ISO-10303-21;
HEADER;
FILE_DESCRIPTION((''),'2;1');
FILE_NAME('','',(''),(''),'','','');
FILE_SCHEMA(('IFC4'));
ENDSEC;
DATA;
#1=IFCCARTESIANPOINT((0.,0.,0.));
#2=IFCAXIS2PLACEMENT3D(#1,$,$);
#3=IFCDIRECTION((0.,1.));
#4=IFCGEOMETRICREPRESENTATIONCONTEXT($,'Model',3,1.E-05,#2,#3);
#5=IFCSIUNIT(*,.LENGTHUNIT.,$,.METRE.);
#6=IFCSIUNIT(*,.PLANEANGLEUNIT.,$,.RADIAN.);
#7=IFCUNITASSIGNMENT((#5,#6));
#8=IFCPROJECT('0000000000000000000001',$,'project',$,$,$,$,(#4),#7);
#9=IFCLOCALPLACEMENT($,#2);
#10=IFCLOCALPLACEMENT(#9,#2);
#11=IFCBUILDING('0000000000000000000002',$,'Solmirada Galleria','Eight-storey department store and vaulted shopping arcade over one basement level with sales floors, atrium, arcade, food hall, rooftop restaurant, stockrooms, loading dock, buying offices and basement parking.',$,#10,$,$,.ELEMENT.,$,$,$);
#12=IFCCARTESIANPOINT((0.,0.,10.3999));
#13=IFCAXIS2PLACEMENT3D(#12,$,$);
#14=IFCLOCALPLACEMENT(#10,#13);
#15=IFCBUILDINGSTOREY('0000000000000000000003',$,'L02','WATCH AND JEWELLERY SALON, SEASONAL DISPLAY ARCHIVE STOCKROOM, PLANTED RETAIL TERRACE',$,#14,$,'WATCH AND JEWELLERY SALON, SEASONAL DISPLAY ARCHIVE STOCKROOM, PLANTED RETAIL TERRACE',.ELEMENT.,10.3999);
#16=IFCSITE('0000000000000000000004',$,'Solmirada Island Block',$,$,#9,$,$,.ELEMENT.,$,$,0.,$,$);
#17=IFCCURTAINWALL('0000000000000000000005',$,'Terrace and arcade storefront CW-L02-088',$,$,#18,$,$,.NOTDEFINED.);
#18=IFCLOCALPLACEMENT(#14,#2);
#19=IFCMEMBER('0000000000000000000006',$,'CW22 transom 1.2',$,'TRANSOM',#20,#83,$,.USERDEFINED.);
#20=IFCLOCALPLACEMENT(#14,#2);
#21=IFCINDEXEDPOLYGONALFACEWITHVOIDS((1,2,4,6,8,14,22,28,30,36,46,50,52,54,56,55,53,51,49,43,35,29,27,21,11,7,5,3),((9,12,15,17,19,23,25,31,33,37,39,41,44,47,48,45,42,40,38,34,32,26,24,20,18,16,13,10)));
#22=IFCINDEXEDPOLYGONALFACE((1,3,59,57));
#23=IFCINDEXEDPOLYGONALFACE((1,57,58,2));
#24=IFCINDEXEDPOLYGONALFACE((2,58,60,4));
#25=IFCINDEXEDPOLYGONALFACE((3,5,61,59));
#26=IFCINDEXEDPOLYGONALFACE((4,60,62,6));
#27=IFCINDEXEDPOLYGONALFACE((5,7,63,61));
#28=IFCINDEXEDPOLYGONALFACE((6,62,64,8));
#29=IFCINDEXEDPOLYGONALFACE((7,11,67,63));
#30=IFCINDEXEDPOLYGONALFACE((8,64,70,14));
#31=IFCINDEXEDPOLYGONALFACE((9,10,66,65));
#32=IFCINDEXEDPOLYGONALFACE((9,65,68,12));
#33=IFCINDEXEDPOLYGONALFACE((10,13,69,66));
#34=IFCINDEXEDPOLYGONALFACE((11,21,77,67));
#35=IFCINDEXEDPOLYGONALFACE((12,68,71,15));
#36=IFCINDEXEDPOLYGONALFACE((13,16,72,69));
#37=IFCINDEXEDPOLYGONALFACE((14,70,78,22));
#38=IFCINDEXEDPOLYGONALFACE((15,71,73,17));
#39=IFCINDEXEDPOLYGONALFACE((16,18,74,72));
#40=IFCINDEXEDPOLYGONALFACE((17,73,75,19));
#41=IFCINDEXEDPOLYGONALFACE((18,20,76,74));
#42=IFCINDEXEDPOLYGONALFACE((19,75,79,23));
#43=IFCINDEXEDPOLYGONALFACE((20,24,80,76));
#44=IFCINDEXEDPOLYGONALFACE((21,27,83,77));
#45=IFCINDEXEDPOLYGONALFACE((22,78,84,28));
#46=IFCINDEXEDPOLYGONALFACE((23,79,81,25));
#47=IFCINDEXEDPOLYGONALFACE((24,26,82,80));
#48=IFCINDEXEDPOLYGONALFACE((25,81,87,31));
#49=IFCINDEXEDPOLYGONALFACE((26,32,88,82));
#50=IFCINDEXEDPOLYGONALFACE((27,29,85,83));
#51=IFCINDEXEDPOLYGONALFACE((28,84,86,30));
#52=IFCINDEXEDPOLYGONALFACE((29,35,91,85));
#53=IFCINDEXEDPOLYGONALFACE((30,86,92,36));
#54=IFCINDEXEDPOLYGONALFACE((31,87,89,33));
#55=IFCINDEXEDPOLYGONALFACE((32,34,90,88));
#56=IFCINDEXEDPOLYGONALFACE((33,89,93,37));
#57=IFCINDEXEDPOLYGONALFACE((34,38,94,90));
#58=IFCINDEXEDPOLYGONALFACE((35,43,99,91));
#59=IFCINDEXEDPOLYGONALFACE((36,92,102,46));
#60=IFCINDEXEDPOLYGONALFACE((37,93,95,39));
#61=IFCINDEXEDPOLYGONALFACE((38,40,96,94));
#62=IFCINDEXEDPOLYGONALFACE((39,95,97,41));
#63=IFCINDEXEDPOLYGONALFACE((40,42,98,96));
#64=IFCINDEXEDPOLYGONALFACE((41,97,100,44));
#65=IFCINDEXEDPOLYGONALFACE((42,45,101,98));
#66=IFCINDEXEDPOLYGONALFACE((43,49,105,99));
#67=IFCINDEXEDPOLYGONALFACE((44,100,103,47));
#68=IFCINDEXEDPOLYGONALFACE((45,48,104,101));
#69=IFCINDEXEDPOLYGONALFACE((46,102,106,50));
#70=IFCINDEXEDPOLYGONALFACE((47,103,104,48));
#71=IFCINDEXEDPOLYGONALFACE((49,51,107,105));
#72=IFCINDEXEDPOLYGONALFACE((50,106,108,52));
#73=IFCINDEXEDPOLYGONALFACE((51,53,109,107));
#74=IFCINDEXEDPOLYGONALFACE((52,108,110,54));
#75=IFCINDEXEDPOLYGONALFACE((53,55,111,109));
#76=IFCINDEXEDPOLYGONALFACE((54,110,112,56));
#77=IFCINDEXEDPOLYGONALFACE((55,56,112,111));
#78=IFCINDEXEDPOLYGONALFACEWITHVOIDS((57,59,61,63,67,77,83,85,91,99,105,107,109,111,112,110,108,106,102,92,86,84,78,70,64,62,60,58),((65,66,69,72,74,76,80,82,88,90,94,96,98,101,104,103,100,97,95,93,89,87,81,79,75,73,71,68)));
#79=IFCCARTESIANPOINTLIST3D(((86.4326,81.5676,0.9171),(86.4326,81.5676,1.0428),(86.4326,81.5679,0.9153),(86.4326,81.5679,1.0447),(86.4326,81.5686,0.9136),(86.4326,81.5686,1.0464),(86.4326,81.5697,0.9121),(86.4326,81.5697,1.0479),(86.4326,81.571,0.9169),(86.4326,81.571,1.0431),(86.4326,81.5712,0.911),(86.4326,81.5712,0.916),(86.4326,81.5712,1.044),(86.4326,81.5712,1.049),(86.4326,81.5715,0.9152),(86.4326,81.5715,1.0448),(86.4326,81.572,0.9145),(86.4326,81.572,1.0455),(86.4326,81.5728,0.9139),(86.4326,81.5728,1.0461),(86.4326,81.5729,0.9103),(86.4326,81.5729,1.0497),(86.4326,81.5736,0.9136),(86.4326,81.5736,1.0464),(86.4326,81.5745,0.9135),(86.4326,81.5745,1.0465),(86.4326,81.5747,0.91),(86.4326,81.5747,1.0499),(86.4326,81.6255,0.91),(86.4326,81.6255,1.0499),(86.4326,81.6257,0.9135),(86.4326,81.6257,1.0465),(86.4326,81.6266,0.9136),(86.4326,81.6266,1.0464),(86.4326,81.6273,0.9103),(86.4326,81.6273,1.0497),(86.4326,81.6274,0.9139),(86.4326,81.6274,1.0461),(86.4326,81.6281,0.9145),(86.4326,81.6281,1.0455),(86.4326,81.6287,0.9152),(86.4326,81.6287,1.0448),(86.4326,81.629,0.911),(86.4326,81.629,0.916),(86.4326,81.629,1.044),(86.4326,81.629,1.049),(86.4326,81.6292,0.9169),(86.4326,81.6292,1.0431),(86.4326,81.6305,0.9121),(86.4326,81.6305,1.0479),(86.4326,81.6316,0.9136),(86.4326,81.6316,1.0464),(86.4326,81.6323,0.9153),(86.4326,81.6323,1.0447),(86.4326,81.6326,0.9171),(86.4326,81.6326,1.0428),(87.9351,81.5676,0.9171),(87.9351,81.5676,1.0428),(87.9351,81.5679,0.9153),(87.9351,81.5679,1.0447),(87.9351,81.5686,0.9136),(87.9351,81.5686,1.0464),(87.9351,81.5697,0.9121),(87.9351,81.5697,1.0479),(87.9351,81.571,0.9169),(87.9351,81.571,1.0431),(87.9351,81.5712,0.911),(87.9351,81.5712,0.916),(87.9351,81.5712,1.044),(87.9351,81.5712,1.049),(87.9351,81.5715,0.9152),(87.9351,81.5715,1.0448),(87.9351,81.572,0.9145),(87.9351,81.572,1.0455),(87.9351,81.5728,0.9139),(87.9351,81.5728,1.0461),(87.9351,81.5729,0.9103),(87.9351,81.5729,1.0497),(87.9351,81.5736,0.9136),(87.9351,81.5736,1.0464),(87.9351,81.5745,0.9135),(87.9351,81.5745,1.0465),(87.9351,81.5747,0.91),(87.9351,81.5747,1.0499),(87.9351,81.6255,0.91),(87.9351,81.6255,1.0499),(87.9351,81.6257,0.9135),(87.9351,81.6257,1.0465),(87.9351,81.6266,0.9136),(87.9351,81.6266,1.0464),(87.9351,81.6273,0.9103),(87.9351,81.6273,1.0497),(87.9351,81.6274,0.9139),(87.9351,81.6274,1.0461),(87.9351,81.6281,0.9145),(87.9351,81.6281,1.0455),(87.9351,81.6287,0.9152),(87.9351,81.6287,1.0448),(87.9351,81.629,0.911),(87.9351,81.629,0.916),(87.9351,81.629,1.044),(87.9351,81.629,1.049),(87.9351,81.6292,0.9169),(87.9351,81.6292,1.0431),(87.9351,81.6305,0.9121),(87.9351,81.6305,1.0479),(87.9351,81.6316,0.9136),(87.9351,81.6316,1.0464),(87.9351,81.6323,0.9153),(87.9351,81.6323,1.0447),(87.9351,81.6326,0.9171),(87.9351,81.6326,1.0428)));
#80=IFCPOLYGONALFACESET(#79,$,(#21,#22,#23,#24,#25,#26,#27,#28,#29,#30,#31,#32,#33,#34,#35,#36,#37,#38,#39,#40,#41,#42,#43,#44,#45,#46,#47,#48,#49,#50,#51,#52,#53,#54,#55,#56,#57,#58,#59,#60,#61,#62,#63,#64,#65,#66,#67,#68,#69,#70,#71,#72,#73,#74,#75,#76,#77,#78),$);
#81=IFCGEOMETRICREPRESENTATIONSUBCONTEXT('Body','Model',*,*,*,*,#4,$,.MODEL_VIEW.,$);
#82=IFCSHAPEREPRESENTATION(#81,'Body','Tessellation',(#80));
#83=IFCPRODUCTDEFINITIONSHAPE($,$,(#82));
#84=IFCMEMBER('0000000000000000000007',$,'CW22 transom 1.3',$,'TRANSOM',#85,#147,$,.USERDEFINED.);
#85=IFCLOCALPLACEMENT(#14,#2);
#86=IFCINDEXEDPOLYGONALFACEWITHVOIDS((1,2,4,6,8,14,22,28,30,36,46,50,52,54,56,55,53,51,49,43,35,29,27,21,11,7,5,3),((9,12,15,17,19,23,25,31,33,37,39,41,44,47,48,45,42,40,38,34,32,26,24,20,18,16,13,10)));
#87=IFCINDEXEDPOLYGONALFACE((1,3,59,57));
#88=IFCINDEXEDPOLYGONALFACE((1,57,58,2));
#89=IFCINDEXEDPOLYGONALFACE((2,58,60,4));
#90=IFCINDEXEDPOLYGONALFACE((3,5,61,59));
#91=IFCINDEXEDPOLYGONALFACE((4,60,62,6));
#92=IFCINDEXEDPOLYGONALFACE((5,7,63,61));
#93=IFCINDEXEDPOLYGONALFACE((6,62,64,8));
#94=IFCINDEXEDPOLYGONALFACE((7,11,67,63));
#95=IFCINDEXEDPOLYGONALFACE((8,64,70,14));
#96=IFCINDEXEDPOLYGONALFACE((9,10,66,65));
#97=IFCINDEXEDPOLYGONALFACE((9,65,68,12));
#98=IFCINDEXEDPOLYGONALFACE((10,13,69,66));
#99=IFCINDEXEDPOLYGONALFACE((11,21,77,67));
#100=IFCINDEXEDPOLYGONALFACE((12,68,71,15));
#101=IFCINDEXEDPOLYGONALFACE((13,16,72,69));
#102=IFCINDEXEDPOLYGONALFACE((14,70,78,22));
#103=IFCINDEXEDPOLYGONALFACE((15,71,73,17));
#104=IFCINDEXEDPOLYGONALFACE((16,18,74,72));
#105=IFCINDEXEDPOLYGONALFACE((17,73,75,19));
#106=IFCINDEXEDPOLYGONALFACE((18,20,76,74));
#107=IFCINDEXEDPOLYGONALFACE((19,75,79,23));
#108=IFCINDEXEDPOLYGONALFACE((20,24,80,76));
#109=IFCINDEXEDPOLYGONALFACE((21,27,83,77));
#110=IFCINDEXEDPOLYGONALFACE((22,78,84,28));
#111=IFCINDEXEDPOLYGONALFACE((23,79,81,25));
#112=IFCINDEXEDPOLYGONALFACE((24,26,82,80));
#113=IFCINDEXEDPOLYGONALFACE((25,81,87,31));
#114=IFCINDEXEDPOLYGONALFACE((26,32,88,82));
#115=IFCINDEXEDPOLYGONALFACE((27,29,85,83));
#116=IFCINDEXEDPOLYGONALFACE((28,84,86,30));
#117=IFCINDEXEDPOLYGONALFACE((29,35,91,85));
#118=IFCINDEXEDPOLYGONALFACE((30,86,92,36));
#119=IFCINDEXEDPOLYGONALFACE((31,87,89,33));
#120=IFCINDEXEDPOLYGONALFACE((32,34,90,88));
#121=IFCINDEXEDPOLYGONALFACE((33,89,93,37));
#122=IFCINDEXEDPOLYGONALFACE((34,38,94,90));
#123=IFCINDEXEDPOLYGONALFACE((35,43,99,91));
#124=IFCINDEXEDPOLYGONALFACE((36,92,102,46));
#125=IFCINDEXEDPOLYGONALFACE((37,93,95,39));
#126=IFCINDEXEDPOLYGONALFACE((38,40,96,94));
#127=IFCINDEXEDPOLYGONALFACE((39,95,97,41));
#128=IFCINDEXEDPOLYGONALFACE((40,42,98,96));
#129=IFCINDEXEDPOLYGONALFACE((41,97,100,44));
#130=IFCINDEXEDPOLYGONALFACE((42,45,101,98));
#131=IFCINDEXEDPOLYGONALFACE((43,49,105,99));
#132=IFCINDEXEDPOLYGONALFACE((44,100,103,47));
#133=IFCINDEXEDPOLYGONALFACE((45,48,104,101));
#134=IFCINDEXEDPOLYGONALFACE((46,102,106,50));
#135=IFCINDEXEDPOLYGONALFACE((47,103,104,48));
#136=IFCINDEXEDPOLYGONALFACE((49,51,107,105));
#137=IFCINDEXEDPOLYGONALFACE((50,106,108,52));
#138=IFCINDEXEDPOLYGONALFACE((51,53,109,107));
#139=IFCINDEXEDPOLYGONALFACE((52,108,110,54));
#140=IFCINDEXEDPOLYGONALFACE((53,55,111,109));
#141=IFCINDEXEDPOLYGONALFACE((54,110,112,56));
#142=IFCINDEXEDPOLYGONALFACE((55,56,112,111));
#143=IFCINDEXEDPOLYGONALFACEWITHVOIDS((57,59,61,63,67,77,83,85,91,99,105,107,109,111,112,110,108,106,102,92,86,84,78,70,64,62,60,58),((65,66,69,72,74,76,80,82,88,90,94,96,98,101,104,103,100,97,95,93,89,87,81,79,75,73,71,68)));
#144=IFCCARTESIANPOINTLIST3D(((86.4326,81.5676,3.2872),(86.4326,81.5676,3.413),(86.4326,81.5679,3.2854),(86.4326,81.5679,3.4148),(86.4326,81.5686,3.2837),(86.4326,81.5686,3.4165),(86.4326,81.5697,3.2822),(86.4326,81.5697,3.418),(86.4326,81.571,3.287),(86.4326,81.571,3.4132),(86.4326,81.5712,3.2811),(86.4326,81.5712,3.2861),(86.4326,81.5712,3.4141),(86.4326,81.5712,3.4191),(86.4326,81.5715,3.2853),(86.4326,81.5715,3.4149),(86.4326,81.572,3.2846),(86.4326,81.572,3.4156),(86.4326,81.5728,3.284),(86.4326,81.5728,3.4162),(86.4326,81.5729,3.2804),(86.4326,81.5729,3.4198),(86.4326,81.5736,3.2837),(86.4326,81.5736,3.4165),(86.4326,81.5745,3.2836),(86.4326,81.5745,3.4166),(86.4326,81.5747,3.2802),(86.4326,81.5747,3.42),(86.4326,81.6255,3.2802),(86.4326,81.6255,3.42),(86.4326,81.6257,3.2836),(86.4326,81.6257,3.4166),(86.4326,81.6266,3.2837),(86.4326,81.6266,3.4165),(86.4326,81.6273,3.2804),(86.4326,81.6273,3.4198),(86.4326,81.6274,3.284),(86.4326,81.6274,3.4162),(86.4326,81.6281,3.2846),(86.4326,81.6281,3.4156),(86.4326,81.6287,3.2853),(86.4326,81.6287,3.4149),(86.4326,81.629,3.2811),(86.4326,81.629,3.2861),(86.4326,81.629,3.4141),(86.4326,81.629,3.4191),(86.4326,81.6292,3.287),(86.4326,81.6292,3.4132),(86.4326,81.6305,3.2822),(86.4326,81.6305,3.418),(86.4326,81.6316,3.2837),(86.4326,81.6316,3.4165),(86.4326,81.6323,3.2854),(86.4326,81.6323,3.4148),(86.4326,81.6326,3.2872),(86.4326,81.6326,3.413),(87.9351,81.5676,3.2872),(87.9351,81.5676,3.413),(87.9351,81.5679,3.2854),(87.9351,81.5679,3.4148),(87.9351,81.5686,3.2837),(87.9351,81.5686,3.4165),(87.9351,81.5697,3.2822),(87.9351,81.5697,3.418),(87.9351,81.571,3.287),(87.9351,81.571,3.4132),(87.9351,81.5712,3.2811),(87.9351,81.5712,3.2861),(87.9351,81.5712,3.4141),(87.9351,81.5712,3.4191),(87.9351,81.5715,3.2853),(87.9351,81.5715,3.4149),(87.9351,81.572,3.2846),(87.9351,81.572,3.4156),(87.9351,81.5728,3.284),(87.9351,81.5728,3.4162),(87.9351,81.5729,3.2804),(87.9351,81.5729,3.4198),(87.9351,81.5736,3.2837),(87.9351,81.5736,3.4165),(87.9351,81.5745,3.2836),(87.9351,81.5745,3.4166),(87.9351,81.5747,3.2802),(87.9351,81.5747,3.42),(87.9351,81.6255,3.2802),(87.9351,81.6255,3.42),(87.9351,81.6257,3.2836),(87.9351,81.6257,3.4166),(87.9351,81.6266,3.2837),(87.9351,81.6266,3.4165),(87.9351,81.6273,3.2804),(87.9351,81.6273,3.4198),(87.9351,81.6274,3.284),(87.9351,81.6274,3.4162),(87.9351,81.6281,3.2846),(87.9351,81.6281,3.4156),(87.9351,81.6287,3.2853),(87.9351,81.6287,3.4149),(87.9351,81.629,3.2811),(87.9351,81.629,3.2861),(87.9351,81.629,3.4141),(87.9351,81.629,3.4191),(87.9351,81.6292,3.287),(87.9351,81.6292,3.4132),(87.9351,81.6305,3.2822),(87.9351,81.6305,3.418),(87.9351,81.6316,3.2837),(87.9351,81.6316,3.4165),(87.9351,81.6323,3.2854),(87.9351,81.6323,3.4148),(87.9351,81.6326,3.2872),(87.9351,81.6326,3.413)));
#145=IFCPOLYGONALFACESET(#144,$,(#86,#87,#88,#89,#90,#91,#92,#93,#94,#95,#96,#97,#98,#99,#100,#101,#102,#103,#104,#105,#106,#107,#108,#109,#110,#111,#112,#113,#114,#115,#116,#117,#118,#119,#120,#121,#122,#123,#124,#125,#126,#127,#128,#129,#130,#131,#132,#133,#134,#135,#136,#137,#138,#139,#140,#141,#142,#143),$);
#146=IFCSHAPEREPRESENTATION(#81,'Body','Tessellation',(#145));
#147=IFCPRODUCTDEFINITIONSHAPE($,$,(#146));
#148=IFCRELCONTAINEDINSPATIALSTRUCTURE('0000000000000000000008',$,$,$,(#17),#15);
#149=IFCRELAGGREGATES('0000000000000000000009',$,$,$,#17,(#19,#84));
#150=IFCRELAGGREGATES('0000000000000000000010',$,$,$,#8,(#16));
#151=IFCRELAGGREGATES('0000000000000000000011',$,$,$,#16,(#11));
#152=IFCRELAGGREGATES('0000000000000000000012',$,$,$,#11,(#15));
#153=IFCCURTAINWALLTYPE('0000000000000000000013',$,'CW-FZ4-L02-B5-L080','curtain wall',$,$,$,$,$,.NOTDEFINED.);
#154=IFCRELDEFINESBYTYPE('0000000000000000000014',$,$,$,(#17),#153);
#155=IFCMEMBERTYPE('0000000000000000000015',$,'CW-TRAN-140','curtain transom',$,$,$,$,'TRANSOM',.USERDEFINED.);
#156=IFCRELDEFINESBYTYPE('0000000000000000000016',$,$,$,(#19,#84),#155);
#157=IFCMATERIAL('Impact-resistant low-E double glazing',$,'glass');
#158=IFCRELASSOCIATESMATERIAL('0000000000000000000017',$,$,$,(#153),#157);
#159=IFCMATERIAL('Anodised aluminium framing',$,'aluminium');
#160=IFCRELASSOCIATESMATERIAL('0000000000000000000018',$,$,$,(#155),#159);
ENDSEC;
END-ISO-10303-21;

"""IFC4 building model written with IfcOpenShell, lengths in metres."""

from ifc_helpers import new_model, si_unit, direction, frame, origin, origin_2d, place, context, subcontext, project, spatial, hollow_rectangle, extrude, material, material_profile, profile_set, type_object, element, aggregate, save


model = new_model("IFC4")

# Units and contexts
model_context = context("Model", 3, precision=1e-05, world=origin(), true_north=direction((0.0, 1.0)))
body_context = subcontext(model_context, "Body", "Model", "MODEL_VIEW")
ifc_project = project(units=[si_unit("LENGTHUNIT", "METRE"), si_unit("PLANEANGLEUNIT", "RADIAN")], contexts=[model_context])

# Site, building, storey
site_placement = place(None, origin())
site = spatial("IfcSite", under=ifc_project, at=site_placement, Name="Solmirada Island Block", CompositionType="ELEMENT", RefElevation=0.0)
building_placement = place(site_placement, origin())
building = spatial("IfcBuilding", under=site, at=building_placement, Name="Solmirada Galleria", Description="Eight-storey department store and vaulted shopping arcade over one basement level with sales floors, atrium, arcade, food hall, rooftop restaurant, stockrooms, loading dock, buying offices and basement parking.", CompositionType="ELEMENT")
storey_placement = place(building_placement, frame((0.0, 0.0, 10.3999)))
storey = spatial("IfcBuildingStorey", under=building, at=storey_placement, Name="L02", Description="WATCH AND JEWELLERY SALON, SEASONAL DISPLAY ARCHIVE STOCKROOM, PLANTED RETAIL TERRACE", LongName="WATCH AND JEWELLERY SALON, SEASONAL DISPLAY ARCHIVE STOCKROOM, PLANTED RETAIL TERRACE", CompositionType="ELEMENT", Elevation=10.3999)

# Curtain wall, members
ifc_material_1 = material(Name="Impact-resistant low-E double glazing", Category="glass")
curtain_wall_type = type_object("IfcCurtainWallType", Name="CW-FZ4-L02-B5-L080", Description="curtain wall", PredefinedType="NOTDEFINED", material=ifc_material_1)
curtain_wall_placement = place(storey_placement, origin())
curtain_wall = element("IfcCurtainWall", 1, at=curtain_wall_placement, inside=storey, type_object=curtain_wall_type, Name="Terrace and arcade storefront CW-L02-088", PredefinedType="NOTDEFINED")
ifc_material_2 = material(Name="Anodised aluminium framing", Category="aluminium")
ifc_material_profile_1 = material_profile(ifc_material_2, hollow_rectangle(XDim=0.0649, YDim=0.1399, WallThickness=0.0034, InnerFilletRadius=0.0034, OuterFilletRadius=0.0071, at=origin_2d()), Name="ALU-TRAN-140X65")
ifc_profile_set_1 = profile_set([ifc_material_profile_1], Name="Anodised aluminium framing")
member_type_1 = type_object("IfcMemberType", Name="CW-TRAN-140", Description="curtain transom", ElementType="TRANSOM", PredefinedType="USERDEFINED", material=ifc_profile_set_1)
member_1_placement = place(storey_placement, frame((87.9351, 81.6001, 0.98), z_axis=(-1.0, 0.0, 0.0), x_axis=(0.0, -1.0, 0.0)))
member_1 = element("IfcMember", 2, at=member_1_placement, type_object=member_type_1, Name="CW22 transom 1.2", ObjectType="TRANSOM", PredefinedType="USERDEFINED", context=body_context, shape_type="SweptSolid", body=[
    extrude(hollow_rectangle(XDim=0.0649, YDim=0.1399, WallThickness=0.0034, InnerFilletRadius=0.0034, OuterFilletRadius=0.0071, at=origin_2d()), origin(), (0.0, 0.0, 1.0), 1.5024),
])
member_2_placement = place(storey_placement, frame((87.9351, 81.6001, 3.3501), z_axis=(-1.0, 0.0, 0.0), x_axis=(0.0, -1.0, 0.0)))
member_2 = element("IfcMember", 3, at=member_2_placement, type_object=member_type_1, Name="CW22 transom 1.3", ObjectType="TRANSOM", PredefinedType="USERDEFINED", context=body_context, shape_type="SweptSolid", body=[
    extrude(hollow_rectangle(XDim=0.0649, YDim=0.1399, WallThickness=0.0034, InnerFilletRadius=0.0034, OuterFilletRadius=0.0071, at=origin_2d()), origin(), (0.0, 0.0, 1.0), 1.5024),
])
aggregate(curtain_wall, [member_1, member_2])

save(model, "model.ifc")
